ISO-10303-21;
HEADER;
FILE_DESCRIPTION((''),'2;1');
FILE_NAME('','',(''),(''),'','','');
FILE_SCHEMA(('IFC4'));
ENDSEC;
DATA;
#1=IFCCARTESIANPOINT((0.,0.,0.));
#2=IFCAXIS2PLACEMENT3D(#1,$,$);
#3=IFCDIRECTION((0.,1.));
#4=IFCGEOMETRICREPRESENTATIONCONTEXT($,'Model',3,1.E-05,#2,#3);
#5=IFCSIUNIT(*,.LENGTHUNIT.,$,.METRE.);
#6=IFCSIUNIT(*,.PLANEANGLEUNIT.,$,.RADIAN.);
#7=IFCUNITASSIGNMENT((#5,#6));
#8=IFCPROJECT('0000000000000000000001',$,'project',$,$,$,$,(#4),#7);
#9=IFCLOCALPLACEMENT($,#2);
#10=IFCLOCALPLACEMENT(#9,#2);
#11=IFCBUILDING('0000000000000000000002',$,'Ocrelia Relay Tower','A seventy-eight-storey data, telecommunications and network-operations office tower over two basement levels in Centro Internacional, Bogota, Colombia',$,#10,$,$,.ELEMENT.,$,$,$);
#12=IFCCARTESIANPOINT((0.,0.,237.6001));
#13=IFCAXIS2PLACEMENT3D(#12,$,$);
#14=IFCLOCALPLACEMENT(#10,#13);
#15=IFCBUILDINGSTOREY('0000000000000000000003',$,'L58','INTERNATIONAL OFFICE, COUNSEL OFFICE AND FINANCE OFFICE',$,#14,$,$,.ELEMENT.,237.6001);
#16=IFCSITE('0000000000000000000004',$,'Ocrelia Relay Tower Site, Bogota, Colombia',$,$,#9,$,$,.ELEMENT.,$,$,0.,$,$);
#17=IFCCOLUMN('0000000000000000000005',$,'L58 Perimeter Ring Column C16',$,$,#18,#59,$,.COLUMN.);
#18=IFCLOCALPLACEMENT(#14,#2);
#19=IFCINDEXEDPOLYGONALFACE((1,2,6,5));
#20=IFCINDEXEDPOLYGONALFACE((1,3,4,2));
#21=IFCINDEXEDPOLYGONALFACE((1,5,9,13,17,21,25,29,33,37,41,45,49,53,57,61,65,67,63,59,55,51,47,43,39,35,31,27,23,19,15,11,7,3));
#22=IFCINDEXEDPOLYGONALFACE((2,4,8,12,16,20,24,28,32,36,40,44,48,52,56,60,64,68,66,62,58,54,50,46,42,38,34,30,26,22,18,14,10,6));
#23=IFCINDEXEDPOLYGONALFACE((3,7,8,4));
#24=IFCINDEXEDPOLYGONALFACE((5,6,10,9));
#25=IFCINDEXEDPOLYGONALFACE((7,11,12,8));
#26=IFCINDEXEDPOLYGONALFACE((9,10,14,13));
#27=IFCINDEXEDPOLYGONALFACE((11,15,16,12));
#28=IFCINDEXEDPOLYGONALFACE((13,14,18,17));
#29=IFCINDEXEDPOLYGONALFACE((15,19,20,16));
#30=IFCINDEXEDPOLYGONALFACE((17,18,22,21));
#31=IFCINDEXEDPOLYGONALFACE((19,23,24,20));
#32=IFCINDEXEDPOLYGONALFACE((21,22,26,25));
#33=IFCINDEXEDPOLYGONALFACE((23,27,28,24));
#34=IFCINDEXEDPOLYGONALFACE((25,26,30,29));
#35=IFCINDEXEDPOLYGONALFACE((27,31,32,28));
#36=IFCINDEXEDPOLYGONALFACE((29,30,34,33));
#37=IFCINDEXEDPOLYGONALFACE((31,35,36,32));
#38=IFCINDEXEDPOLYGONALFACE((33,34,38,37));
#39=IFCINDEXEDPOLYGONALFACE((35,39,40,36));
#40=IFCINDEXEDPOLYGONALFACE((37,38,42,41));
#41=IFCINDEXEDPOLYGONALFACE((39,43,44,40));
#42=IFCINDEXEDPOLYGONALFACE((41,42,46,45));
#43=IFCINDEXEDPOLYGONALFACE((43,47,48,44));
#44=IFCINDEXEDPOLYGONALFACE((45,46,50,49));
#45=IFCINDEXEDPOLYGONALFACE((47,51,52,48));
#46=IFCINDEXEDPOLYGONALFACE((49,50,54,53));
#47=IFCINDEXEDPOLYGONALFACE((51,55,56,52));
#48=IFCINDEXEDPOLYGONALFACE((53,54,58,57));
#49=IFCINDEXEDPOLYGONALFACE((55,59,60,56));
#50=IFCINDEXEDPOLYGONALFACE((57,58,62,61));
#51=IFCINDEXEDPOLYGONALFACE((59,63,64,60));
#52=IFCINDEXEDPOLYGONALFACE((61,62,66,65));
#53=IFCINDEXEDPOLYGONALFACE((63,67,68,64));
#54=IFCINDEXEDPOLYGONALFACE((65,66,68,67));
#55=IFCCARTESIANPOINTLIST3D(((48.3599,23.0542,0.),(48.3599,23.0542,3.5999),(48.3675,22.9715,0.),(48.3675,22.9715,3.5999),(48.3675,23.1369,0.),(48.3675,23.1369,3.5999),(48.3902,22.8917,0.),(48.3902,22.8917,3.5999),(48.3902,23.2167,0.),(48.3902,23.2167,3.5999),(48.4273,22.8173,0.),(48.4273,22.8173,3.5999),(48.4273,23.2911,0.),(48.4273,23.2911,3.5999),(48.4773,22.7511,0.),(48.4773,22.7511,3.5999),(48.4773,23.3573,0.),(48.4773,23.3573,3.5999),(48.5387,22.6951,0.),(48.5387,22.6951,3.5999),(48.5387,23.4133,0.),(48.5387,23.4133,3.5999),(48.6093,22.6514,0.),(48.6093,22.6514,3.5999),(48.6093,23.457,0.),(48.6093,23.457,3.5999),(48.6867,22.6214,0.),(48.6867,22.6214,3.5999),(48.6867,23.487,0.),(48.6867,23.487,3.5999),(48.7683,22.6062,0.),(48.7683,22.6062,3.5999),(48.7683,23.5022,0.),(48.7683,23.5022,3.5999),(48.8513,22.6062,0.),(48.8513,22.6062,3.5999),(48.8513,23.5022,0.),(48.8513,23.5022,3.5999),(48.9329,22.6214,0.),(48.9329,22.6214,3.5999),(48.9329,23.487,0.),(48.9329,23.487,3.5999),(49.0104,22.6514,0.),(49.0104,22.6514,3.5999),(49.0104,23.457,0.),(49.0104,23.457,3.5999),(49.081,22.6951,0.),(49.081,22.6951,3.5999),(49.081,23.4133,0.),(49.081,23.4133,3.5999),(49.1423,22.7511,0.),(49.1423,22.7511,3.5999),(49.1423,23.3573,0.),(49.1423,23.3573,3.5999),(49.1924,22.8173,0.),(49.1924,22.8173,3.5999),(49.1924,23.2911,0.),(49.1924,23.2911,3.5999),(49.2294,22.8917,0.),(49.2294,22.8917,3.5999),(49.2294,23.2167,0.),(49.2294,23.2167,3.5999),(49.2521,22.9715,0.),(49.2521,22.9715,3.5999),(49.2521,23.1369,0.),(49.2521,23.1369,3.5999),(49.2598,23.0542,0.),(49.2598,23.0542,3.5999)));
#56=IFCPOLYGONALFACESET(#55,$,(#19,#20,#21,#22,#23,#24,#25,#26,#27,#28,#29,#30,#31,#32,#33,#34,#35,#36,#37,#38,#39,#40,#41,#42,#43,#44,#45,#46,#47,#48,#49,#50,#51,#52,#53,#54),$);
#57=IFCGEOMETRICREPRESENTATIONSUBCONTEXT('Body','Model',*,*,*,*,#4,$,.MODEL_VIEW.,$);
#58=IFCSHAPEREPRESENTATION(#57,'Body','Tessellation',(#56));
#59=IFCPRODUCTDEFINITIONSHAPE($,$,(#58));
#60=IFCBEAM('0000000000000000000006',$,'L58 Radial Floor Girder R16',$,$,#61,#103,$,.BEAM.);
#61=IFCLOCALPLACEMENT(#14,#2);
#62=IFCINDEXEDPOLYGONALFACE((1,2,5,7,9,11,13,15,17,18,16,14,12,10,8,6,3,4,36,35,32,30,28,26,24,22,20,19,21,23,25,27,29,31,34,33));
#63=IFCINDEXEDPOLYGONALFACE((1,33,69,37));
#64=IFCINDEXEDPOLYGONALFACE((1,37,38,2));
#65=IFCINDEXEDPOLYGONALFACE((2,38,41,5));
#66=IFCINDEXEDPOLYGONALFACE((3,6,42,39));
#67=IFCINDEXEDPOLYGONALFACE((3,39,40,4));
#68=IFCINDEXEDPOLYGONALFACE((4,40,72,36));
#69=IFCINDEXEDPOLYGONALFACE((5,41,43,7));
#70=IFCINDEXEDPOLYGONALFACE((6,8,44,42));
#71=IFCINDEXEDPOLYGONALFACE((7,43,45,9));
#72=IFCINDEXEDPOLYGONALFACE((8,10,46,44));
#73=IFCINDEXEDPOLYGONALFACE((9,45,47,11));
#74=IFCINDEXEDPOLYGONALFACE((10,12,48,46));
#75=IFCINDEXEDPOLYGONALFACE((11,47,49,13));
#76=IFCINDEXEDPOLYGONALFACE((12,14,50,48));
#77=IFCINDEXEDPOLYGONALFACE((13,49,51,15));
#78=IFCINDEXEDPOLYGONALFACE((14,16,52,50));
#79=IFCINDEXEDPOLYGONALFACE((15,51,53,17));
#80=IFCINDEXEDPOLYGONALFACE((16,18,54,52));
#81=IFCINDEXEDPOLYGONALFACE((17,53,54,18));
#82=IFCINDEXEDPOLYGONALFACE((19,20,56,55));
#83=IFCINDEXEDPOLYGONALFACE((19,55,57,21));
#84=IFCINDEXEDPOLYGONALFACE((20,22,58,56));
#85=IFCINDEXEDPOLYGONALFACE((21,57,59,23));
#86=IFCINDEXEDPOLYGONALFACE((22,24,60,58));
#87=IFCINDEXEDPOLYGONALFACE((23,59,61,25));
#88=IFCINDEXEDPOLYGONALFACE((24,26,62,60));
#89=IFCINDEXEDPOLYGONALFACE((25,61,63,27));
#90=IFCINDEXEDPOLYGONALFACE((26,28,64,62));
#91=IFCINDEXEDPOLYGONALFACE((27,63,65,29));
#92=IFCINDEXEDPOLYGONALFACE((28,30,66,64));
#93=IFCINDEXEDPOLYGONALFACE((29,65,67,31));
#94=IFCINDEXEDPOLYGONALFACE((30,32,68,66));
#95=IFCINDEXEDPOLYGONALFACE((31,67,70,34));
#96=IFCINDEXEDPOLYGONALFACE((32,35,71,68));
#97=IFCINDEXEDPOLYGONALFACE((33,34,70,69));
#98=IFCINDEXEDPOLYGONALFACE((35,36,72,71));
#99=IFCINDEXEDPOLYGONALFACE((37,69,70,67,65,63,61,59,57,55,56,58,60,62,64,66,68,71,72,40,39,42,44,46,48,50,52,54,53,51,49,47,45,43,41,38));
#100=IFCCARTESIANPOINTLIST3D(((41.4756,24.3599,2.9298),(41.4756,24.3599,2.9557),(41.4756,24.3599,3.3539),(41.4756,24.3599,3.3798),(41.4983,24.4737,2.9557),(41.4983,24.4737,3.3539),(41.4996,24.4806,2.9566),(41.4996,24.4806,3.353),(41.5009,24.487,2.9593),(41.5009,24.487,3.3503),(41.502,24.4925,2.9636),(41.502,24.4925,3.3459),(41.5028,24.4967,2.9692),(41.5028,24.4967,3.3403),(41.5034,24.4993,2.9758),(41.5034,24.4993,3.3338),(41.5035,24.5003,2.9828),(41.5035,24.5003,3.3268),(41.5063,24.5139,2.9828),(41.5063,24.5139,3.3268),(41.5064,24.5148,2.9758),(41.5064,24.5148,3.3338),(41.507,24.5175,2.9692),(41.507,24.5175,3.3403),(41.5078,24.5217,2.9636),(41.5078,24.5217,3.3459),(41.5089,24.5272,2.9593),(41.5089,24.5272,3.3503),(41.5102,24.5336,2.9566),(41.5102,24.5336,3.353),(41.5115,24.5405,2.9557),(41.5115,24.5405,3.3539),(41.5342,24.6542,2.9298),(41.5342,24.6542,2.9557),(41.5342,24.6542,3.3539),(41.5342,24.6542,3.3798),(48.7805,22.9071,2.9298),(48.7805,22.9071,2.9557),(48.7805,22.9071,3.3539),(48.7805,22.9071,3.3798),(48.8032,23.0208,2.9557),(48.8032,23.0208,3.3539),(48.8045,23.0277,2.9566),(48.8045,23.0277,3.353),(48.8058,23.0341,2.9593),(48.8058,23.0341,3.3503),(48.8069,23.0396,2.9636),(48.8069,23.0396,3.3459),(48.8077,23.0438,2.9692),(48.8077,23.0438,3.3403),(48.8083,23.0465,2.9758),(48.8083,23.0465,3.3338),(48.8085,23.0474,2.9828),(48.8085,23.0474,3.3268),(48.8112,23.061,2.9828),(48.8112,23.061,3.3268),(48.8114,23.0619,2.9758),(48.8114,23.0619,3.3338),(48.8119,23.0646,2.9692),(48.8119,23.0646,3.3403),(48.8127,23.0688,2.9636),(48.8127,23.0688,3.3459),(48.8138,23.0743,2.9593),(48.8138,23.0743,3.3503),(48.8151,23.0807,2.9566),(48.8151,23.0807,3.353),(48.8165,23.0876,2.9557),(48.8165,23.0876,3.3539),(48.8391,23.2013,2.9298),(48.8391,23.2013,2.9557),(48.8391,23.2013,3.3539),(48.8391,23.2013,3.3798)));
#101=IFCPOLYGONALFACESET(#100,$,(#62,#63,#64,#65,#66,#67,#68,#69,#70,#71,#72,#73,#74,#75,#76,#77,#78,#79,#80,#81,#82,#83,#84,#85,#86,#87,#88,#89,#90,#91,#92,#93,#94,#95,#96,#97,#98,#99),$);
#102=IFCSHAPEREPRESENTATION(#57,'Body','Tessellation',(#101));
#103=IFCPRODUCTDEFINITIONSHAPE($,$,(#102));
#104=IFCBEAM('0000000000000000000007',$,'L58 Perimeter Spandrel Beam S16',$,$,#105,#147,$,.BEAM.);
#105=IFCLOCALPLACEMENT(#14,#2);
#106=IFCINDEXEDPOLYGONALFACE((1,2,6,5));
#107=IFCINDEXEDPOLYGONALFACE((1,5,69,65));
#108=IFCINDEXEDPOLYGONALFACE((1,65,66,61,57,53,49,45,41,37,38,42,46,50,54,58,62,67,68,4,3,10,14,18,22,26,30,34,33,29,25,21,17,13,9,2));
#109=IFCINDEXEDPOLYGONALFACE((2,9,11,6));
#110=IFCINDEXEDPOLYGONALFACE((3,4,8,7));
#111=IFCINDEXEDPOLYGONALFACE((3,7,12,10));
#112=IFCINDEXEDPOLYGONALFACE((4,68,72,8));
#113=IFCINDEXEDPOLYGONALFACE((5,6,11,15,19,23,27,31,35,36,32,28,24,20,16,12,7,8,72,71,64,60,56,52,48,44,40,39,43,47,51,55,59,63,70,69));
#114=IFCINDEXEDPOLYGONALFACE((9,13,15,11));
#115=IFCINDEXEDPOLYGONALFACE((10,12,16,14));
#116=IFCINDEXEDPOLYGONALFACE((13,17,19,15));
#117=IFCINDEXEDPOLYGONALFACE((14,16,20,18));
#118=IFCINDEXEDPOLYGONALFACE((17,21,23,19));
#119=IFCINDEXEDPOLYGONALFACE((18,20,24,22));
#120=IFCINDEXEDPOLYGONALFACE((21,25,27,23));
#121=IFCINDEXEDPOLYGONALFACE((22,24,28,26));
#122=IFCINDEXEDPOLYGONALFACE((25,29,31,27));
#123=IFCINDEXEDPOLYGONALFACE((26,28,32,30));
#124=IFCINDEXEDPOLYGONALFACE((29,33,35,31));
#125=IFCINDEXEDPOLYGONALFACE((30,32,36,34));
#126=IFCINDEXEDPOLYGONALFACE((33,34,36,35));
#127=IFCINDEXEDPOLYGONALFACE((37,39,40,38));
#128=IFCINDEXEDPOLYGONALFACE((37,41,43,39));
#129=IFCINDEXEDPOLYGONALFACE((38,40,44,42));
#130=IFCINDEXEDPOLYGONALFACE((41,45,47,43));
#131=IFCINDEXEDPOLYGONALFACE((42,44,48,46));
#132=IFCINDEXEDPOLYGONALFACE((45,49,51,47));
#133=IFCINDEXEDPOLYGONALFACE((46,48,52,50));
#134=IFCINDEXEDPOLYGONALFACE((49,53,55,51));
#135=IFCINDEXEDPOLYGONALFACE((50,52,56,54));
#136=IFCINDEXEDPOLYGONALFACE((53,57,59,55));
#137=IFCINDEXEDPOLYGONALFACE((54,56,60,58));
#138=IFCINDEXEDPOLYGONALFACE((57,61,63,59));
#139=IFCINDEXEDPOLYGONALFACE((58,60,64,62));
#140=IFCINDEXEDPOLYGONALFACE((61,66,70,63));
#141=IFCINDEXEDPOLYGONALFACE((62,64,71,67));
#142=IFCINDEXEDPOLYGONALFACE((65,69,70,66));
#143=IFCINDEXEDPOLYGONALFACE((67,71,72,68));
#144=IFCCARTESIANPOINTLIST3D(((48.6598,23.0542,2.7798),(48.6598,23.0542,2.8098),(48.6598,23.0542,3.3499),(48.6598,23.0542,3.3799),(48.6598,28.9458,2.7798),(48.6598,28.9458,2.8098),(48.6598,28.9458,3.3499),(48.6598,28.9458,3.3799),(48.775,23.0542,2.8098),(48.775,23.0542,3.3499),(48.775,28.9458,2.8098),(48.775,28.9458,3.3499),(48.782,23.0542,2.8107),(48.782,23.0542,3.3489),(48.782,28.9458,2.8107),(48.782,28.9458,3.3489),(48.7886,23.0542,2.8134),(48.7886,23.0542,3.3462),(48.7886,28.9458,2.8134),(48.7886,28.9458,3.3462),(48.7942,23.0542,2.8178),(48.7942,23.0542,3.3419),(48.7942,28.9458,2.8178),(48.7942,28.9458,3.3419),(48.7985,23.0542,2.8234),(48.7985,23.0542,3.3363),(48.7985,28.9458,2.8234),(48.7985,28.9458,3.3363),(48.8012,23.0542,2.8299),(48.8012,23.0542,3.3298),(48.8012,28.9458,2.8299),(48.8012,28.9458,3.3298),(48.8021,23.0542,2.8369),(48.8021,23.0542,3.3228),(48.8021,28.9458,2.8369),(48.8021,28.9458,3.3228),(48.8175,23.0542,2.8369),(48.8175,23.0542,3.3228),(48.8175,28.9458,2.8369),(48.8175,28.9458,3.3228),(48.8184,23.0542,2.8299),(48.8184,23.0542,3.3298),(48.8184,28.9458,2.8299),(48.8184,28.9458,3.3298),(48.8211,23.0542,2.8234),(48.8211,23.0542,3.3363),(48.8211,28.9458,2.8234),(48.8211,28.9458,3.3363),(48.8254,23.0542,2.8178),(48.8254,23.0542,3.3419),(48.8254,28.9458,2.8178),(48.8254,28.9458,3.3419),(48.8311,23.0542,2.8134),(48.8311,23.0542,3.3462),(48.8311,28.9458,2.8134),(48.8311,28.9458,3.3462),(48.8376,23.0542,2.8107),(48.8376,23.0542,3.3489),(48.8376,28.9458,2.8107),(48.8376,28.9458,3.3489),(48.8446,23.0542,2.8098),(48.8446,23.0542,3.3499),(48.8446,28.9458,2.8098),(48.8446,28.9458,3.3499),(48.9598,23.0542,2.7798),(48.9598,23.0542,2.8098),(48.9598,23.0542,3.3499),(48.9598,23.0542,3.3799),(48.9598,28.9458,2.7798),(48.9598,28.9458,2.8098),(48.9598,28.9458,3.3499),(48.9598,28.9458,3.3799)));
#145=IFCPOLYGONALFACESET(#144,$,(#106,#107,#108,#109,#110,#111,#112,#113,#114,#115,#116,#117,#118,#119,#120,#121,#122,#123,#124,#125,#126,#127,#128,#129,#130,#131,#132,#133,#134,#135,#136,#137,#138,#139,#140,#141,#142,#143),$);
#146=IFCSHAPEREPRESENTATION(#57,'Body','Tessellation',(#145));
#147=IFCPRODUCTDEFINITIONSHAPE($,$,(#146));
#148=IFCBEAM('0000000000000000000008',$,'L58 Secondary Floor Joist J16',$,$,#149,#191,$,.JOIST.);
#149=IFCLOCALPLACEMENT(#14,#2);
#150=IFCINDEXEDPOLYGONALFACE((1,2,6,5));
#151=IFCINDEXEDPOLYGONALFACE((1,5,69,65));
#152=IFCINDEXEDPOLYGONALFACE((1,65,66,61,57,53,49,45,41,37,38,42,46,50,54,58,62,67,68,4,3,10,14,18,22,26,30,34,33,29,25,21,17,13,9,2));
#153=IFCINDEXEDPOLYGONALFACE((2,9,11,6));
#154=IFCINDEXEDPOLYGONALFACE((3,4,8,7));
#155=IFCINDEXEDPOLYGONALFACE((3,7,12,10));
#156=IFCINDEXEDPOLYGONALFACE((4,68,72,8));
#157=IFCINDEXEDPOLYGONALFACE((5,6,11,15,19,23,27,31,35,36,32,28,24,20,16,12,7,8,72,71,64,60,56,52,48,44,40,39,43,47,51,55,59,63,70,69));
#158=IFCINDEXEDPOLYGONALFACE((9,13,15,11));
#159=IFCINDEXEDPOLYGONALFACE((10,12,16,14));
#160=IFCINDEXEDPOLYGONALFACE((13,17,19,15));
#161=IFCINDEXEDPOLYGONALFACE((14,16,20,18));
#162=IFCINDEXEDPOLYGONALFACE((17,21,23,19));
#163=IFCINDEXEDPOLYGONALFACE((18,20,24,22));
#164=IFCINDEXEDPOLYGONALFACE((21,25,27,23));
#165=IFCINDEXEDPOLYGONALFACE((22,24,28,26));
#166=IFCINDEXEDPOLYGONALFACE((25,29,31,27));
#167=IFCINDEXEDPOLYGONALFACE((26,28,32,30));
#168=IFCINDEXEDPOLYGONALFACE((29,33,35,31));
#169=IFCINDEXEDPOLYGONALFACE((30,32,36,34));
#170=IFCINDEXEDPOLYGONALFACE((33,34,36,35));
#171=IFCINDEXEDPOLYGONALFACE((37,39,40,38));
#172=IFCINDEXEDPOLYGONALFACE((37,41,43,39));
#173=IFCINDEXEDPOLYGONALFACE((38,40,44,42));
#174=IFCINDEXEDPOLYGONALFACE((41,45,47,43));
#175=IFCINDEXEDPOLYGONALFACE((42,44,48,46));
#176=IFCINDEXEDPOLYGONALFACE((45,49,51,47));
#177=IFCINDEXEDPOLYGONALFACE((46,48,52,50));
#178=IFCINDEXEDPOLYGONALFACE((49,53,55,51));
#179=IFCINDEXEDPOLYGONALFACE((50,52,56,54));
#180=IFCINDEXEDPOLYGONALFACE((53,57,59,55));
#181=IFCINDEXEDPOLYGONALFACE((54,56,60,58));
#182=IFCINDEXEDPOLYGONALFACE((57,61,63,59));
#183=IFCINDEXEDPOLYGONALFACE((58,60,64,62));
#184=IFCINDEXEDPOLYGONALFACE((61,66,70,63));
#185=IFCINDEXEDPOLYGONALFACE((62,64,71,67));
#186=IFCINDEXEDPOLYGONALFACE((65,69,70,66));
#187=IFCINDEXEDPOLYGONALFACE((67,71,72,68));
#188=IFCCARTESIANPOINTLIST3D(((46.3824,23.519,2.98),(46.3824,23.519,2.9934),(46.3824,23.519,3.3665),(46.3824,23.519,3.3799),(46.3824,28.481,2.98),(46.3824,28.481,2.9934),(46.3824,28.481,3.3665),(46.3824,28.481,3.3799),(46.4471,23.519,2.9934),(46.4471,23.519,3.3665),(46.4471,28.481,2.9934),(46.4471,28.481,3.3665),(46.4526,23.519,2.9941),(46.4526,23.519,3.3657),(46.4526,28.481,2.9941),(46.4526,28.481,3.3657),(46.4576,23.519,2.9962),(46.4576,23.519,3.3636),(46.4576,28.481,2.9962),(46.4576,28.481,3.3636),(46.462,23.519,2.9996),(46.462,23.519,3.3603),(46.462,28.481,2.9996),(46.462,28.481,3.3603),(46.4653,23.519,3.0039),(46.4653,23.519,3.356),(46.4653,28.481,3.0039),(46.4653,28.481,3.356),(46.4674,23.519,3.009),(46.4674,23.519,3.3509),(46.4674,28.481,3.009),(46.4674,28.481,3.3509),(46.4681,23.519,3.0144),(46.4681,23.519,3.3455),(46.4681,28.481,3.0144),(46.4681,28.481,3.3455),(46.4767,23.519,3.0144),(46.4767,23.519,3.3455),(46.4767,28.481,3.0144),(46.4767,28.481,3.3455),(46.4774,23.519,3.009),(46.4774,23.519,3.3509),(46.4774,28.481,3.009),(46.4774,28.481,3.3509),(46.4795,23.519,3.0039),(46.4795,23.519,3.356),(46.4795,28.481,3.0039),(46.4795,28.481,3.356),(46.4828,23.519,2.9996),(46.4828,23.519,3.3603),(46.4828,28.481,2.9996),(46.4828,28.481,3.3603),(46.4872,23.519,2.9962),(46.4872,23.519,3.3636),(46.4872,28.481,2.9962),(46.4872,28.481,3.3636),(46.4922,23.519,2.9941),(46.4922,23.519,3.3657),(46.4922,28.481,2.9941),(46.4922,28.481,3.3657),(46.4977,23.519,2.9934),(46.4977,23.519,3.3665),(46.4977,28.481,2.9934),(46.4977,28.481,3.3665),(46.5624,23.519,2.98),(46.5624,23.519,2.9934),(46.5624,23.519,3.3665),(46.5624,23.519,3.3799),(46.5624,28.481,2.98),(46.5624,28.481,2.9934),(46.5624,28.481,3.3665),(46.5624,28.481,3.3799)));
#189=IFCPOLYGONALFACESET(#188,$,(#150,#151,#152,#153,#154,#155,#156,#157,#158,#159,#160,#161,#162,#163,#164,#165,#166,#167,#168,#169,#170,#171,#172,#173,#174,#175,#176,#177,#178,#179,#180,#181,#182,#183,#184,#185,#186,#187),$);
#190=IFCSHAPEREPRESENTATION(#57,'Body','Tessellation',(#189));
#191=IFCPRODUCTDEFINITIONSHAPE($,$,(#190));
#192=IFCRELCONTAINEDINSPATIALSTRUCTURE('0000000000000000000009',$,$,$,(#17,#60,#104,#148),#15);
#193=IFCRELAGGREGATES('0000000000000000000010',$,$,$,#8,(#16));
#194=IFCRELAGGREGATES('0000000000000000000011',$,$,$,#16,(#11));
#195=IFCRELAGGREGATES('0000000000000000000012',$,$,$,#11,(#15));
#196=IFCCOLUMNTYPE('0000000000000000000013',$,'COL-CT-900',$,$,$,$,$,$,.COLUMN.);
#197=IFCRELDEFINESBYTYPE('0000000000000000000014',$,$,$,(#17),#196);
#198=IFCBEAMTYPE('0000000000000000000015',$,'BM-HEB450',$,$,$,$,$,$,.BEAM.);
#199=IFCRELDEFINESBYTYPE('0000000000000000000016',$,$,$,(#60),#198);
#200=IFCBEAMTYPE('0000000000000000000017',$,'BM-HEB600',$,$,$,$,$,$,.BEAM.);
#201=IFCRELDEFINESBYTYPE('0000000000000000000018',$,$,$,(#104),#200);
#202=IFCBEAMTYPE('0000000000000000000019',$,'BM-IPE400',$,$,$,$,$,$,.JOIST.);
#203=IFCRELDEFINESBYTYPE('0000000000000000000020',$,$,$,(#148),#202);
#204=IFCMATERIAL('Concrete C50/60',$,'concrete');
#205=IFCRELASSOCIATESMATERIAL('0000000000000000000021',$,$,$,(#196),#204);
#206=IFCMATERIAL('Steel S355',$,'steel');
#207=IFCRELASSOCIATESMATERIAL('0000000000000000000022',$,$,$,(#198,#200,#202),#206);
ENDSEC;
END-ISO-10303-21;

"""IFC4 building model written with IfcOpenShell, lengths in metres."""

from ifc_helpers import new_model, si_unit, direction, frame, origin, origin_2d, place, context, subcontext, project, spatial, circle, i_section, extrude, material, material_profile, profile_set, type_object, element, save


model = new_model("IFC4")

# Units and contexts
model_context = context("Model", 3, precision=1e-05, world=origin(), true_north=direction((0.0, 1.0)))
body_context = subcontext(model_context, "Body", "Model", "MODEL_VIEW")
ifc_project = project(units=[si_unit("LENGTHUNIT", "METRE"), si_unit("PLANEANGLEUNIT", "RADIAN")], contexts=[model_context])

# Site, building, storey
site_placement = place(None, origin())
site = spatial("IfcSite", under=ifc_project, at=site_placement, Name="Ocrelia Relay Tower Site, Bogota, Colombia", CompositionType="ELEMENT", RefElevation=0.0)
building_placement = place(site_placement, origin())
building = spatial("IfcBuilding", under=site, at=building_placement, Name="Ocrelia Relay Tower", Description="A seventy-eight-storey data, telecommunications and network-operations office tower over two basement levels in Centro Internacional, Bogota, Colombia", CompositionType="ELEMENT")
storey_placement = place(building_placement, frame((0.0, 0.0, 237.6001)))
storey = spatial("IfcBuildingStorey", under=building, at=storey_placement, Name="L58", Description="INTERNATIONAL OFFICE, COUNSEL OFFICE AND FINANCE OFFICE", CompositionType="ELEMENT", Elevation=237.6001)

# Column
ifc_material_1 = material(Name="Concrete C50/60", Category="concrete")
ifc_material_profile_1 = material_profile(ifc_material_1, circle(Radius=0.45, at=origin_2d()), Name="RC-CIR-900")
ifc_profile_set_1 = profile_set([ifc_material_profile_1], Name="Concrete C50/60")
column_type = type_object("IfcColumnType", Name="COL-CT-900", PredefinedType="COLUMN", material=ifc_profile_set_1)
column_placement = place(storey_placement, frame((48.8098, 23.0542, 0.0), z_axis=(0.0, 0.0, 1.0), x_axis=(1.0, 0.0, 0.0)))
element("IfcColumn", 1, at=column_placement, inside=storey, type_object=column_type, Name="L58 Perimeter Ring Column C16", PredefinedType="COLUMN", context=body_context, shape_type="SweptSolid", body=[
    extrude(circle(Radius=0.45, at=origin_2d()), origin(), (0.0, 0.0, 1.0), 3.5999),
])

# Beams
ifc_material_2 = material(Name="Steel S355", Category="steel")
ifc_material_profile_2 = material_profile(ifc_material_2, i_section(OverallWidth=0.3, OverallDepth=0.45, WebThickness=0.0139, FlangeThickness=0.0259, FilletRadius=0.0271, at=origin_2d()), Name="HEB 450")
ifc_profile_set_2 = profile_set([ifc_material_profile_2], Name="Steel S355")
beam_type_1 = type_object("IfcBeamType", Name="BM-HEB450", PredefinedType="BEAM", material=ifc_profile_set_2)
beam_1_placement = place(storey_placement, frame((48.8098, 23.0542, 3.1548), z_axis=(-0.980789, 0.19507, 0.0), x_axis=(-0.19507, -0.980789, 0.0)))
element("IfcBeam", 2, at=beam_1_placement, inside=storey, type_object=beam_type_1, Name="L58 Radial Floor Girder R16", PredefinedType="BEAM", context=body_context, shape_type="SweptSolid", body=[
    extrude(i_section(OverallWidth=0.3, OverallDepth=0.45, WebThickness=0.0139, FlangeThickness=0.0259, FilletRadius=0.0271, at=origin_2d()), origin(), (0.0, 0.0, 1.0), 7.448),
])
ifc_material_profile_3 = material_profile(ifc_material_2, i_section(OverallWidth=0.3, OverallDepth=0.6001, WebThickness=0.0154, FlangeThickness=0.03, FilletRadius=0.0271, at=origin_2d()), Name="HEB 600")
ifc_profile_set_3 = profile_set([ifc_material_profile_3], Name="Steel S355")
beam_type_2 = type_object("IfcBeamType", Name="BM-HEB600", PredefinedType="BEAM", material=ifc_profile_set_3)
beam_2_placement = place(storey_placement, frame((48.8098, 23.0542, 3.0798), z_axis=(0.0, 1.0, 0.0), x_axis=(-1.0, 0.0, 0.0)))
element("IfcBeam", 3, at=beam_2_placement, inside=storey, type_object=beam_type_2, Name="L58 Perimeter Spandrel Beam S16", PredefinedType="BEAM", context=body_context, shape_type="SweptSolid", body=[
    extrude(i_section(OverallWidth=0.3, OverallDepth=0.6001, WebThickness=0.0154, FlangeThickness=0.03, FilletRadius=0.0271, at=origin_2d()), origin(), (0.0, 0.0, 1.0), 5.8916),
])
ifc_material_profile_4 = material_profile(ifc_material_2, i_section(OverallWidth=0.1799, OverallDepth=0.3999, WebThickness=0.0085, FlangeThickness=0.0134, FilletRadius=0.021, at=origin_2d()), Name="IPE 400")
ifc_profile_set_4 = profile_set([ifc_material_profile_4], Name="Steel S355")
beam_type_3 = type_object("IfcBeamType", Name="BM-IPE400", PredefinedType="JOIST", material=ifc_profile_set_4)
beam_3_placement = place(storey_placement, frame((46.4724, 23.519, 3.1799), z_axis=(0.0, 1.0, 0.0), x_axis=(-1.0, 0.0, 0.0)))
element("IfcBeam", 4, at=beam_3_placement, inside=storey, type_object=beam_type_3, Name="L58 Secondary Floor Joist J16", PredefinedType="JOIST", context=body_context, shape_type="SweptSolid", body=[
    extrude(i_section(OverallWidth=0.1799, OverallDepth=0.3999, WebThickness=0.0085, FlangeThickness=0.0134, FilletRadius=0.021, at=origin_2d()), origin(), (0.0, 0.0, 1.0), 4.9619),
])

save(model, "model.ifc")
